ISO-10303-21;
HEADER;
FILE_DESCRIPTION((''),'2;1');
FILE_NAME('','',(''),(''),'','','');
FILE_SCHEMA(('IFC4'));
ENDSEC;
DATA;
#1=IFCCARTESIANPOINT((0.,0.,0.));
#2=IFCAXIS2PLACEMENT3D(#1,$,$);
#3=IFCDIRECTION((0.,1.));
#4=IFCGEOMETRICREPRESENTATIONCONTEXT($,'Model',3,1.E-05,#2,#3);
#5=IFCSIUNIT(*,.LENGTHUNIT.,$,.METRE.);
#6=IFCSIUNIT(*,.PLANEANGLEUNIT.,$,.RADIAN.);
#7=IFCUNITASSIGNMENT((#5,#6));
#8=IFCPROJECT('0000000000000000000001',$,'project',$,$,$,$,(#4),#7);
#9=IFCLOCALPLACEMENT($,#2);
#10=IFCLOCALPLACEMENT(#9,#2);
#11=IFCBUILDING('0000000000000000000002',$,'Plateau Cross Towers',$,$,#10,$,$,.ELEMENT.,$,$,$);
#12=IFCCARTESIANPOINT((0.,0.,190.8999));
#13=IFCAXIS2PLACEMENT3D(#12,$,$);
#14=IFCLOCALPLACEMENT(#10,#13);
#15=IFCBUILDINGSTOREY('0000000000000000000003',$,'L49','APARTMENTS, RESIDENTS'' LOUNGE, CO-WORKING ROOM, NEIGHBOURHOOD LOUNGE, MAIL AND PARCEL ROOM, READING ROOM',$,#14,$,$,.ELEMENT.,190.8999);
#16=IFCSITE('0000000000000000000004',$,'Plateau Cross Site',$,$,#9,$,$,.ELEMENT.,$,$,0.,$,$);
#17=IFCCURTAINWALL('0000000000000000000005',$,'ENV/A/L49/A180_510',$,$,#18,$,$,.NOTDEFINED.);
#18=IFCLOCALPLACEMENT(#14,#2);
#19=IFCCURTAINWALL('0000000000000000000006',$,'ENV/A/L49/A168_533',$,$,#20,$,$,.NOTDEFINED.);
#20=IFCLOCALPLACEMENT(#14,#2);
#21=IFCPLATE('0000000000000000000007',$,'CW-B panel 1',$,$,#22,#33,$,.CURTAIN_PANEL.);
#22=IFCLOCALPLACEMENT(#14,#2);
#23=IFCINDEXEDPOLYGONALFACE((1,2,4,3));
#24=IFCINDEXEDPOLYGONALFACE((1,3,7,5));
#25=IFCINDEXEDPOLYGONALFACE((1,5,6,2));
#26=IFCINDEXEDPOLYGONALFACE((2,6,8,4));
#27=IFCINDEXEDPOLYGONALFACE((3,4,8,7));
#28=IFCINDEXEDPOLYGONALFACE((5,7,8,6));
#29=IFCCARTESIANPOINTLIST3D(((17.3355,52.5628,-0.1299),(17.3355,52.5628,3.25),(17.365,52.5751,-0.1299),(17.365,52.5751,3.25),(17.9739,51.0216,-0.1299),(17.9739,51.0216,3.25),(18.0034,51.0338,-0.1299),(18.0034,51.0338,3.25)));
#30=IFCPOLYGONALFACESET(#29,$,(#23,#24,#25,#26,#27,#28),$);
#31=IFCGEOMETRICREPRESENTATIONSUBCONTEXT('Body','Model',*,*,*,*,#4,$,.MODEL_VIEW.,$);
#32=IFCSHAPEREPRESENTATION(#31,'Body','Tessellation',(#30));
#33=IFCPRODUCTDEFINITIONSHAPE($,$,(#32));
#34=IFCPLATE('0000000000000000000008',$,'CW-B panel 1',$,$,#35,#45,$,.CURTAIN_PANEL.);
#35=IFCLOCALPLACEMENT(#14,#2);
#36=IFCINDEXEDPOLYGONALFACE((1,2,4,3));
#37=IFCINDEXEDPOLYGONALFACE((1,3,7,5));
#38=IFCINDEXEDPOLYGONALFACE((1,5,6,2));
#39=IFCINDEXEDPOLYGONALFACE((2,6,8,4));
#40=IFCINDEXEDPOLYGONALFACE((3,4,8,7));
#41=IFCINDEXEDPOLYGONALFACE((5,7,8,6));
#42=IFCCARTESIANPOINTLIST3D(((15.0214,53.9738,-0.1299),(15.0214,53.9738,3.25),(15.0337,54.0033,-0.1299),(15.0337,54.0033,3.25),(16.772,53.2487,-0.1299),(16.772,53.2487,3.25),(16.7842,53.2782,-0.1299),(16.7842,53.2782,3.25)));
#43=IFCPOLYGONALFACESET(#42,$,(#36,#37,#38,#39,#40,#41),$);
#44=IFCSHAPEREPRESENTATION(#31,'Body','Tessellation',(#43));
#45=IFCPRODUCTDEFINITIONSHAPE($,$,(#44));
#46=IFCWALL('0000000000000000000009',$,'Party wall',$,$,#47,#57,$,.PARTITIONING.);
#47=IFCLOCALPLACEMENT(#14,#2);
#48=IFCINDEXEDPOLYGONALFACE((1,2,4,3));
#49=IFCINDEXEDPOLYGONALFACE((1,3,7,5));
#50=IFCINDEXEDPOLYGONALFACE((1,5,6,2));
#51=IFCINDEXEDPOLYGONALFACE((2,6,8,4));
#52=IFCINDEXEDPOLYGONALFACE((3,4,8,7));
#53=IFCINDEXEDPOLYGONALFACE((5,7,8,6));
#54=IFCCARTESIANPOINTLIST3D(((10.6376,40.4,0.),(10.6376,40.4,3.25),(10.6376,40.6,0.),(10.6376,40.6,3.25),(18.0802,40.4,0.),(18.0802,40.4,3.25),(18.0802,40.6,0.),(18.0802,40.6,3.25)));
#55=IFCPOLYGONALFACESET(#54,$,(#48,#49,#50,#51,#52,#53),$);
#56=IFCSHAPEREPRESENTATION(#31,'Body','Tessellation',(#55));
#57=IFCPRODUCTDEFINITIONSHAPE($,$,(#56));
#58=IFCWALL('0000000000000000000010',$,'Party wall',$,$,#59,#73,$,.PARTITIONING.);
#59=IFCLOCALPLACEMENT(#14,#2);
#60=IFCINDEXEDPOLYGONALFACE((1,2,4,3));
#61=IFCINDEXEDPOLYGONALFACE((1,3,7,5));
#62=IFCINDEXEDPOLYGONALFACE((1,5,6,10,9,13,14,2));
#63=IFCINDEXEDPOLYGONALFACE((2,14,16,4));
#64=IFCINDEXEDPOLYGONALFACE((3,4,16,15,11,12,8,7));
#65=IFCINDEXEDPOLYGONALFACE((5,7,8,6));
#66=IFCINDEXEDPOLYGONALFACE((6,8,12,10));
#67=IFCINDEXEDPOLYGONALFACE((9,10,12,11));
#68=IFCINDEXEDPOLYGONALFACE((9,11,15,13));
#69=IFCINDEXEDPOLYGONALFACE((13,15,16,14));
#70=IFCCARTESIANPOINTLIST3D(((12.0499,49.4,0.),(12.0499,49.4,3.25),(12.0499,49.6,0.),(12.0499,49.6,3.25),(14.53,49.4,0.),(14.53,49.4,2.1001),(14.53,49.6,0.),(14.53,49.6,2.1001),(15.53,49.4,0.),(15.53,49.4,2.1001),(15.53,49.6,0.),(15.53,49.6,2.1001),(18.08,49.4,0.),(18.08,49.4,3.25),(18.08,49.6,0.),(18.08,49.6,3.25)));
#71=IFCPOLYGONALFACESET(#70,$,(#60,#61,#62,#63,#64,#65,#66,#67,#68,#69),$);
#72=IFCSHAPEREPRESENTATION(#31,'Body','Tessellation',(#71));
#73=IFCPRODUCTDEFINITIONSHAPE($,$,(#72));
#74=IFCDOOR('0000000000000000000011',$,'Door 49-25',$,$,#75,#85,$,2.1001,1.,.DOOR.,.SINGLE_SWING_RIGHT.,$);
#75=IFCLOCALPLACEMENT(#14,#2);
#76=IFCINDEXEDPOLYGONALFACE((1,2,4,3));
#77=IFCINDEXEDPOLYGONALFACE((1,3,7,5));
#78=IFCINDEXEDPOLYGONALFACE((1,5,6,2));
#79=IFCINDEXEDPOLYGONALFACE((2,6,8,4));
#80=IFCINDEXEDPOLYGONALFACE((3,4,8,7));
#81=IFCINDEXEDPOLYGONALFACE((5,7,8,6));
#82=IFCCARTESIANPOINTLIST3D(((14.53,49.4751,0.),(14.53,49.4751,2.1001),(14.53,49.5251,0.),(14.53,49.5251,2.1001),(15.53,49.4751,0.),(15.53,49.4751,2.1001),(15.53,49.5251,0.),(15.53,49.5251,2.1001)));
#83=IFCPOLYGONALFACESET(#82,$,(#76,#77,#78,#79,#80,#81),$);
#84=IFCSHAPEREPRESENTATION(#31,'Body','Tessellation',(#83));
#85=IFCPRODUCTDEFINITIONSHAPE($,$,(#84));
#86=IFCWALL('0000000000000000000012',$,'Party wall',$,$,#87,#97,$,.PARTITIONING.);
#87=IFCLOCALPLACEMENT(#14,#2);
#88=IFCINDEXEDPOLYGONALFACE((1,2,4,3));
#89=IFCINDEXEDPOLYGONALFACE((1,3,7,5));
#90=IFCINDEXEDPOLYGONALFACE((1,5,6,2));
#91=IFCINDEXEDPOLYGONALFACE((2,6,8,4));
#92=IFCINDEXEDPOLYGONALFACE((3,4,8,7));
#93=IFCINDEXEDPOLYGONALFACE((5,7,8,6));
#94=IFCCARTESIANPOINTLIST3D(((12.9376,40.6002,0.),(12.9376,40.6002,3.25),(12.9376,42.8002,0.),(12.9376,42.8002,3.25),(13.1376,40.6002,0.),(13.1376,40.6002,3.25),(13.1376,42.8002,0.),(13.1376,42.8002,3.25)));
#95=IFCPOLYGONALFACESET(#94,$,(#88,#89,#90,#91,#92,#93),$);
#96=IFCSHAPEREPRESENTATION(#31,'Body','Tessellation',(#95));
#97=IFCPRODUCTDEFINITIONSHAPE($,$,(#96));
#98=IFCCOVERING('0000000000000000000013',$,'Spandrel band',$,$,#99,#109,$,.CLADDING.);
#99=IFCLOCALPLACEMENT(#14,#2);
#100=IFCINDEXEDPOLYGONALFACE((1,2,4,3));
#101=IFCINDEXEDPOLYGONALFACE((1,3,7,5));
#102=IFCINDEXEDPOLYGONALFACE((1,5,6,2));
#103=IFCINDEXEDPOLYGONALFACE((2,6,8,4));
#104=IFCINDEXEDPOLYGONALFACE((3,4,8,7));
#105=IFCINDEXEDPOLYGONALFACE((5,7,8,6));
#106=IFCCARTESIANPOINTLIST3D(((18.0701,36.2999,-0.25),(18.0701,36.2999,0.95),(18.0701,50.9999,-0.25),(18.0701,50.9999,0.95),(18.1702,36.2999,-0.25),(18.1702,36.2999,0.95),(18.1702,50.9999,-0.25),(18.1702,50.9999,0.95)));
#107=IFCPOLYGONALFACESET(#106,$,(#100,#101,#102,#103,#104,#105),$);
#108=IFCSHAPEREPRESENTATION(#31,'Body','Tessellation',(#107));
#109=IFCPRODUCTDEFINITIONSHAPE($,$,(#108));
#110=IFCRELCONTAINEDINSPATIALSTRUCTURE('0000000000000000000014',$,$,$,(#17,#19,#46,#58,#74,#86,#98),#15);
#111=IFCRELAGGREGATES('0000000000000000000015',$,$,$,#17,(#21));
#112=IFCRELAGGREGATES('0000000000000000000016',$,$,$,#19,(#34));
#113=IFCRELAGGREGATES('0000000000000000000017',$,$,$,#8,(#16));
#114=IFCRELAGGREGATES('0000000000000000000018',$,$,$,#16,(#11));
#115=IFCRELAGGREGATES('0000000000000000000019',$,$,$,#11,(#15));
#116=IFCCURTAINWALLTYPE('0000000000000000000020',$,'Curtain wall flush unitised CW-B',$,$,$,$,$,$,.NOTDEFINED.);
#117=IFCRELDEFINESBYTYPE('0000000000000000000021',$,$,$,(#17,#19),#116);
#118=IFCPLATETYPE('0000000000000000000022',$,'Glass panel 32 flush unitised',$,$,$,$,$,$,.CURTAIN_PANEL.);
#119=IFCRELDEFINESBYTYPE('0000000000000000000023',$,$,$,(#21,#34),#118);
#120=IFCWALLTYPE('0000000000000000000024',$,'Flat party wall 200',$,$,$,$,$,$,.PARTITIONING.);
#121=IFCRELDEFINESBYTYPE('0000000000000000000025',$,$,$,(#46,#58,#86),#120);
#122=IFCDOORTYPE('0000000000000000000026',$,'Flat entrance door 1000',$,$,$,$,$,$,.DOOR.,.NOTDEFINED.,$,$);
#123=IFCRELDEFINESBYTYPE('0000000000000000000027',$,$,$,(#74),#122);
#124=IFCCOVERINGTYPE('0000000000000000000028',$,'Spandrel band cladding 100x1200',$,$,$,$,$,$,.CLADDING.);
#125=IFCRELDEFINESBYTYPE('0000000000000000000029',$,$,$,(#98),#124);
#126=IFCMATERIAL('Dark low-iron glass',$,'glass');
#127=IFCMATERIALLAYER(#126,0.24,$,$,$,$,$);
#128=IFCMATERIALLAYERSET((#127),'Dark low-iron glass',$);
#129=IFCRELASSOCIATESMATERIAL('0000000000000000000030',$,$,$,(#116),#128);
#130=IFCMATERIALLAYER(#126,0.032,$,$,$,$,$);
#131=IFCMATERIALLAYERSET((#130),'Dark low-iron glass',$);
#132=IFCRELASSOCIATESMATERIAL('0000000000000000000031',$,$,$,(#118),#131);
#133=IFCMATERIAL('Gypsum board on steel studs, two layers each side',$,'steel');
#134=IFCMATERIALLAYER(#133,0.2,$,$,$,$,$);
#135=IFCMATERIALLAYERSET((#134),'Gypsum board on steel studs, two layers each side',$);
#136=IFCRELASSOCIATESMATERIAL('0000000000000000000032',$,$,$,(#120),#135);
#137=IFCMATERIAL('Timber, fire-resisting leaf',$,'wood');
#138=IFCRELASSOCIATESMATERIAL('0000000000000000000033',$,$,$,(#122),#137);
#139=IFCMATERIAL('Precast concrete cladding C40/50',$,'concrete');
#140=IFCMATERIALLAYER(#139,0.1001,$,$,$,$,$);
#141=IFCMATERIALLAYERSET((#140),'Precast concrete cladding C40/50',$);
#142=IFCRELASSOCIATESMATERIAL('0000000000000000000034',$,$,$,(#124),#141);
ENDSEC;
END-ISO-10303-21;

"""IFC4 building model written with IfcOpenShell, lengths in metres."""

from ifc_helpers import new_model, si_unit, direction, frame, frame_2d, origin, origin_2d, place, context, subcontext, project, spatial, rectangle, extrude, material, layer, layer_set, type_object, element, fill, aggregate, save


model = new_model("IFC4")

# Units and contexts
model_context = context("Model", 3, precision=1e-05, world=origin(), true_north=direction((0.0, 1.0)))
body_context = subcontext(model_context, "Body", "Model", "MODEL_VIEW")
ifc_project = project(units=[si_unit("LENGTHUNIT", "METRE"), si_unit("PLANEANGLEUNIT", "RADIAN")], contexts=[model_context])

# Site, building, storey
site_placement = place(None, origin())
site = spatial("IfcSite", under=ifc_project, at=site_placement, Name="Plateau Cross Site", CompositionType="ELEMENT", RefElevation=0.0)
building_placement = place(site_placement, origin())
building = spatial("IfcBuilding", under=site, at=building_placement, Name="Plateau Cross Towers", CompositionType="ELEMENT")
storey_placement = place(building_placement, frame((0.0, 0.0, 190.8999)))
storey = spatial("IfcBuildingStorey", under=building, at=storey_placement, Name="L49", Description="APARTMENTS, RESIDENTS' LOUNGE, CO-WORKING ROOM, NEIGHBOURHOOD LOUNGE, MAIL AND PARCEL ROOM, READING ROOM", CompositionType="ELEMENT", Elevation=190.8999)

# Curtain wall
ifc_material_1 = material(Name="Dark low-iron glass", Category="glass")
ifc_layer_1 = layer(ifc_material_1, 0.24)
ifc_layer_set_1 = layer_set([ifc_layer_1], Name="Dark low-iron glass")
curtain_wall_type = type_object("IfcCurtainWallType", Name="Curtain wall flush unitised CW-B", PredefinedType="NOTDEFINED", material=ifc_layer_set_1)
curtain_wall_1_placement = place(storey_placement, origin())
curtain_wall_1 = element("IfcCurtainWall", 1, at=curtain_wall_1_placement, inside=storey, type_object=curtain_wall_type, Name="ENV/A/L49/A180_510", PredefinedType="NOTDEFINED")

# Curtain wall
curtain_wall_2_placement = place(storey_placement, origin())
curtain_wall_2 = element("IfcCurtainWall", 2, at=curtain_wall_2_placement, inside=storey, type_object=curtain_wall_type, Name="ENV/A/L49/A168_533", PredefinedType="NOTDEFINED")

# Plates
ifc_layer_2 = layer(ifc_material_1, 0.032)
ifc_layer_set_2 = layer_set([ifc_layer_2], Name="Dark low-iron glass")
plate_type = type_object("IfcPlateType", Name="Glass panel 32 flush unitised", PredefinedType="CURTAIN_PANEL", material=ifc_layer_set_2)
plate_1_placement = place(storey_placement, frame((17.6694, 51.7983, -0.1299), z_axis=(0.0, 0.0, 1.0), x_axis=(-0.382684, 0.923879, 0.0)))
plate_1 = element("IfcPlate", 3, at=plate_1_placement, type_object=plate_type, Name="CW-B panel 1", PredefinedType="CURTAIN_PANEL", context=body_context, shape_type="SweptSolid", body=[
    extrude(rectangle(XDim=1.6682, YDim=0.032, at=origin_2d()), origin(), (0.0, 0.0, 1.0), 3.3799),
])
aggregate(curtain_wall_1, [plate_1])
plate_2_placement = place(storey_placement, frame((15.9028, 53.626, -0.1299), z_axis=(0.0, 0.0, 1.0), x_axis=(-0.923879, 0.382684, 0.0)))
plate_2 = element("IfcPlate", 4, at=plate_2_placement, type_object=plate_type, Name="CW-B panel 1", PredefinedType="CURTAIN_PANEL", context=body_context, shape_type="SweptSolid", body=[
    extrude(rectangle(XDim=1.8948, YDim=0.032, at=origin_2d()), origin(), (0.0, 0.0, 1.0), 3.3799),
])
aggregate(curtain_wall_2, [plate_2])

# Wall
ifc_material_2 = material(Name="Gypsum board on steel studs, two layers each side", Category="steel")
ifc_layer_3 = layer(ifc_material_2, 0.2)
ifc_layer_set_3 = layer_set([ifc_layer_3], Name="Gypsum board on steel studs, two layers each side")
wall_type_1 = type_object("IfcWallType", Name="Flat party wall 200", PredefinedType="PARTITIONING", material=ifc_layer_set_3)
wall_1_placement = place(storey_placement, frame((18.0801, 40.5, 0.0), z_axis=(0.0, 0.0, 1.0), x_axis=(-1.0, 0.0, 0.0)))
element("IfcWall", 5, at=wall_1_placement, inside=storey, type_object=wall_type_1, Name="Party wall", PredefinedType="PARTITIONING", context=body_context, shape_type="SweptSolid", body=[
    extrude(rectangle(XDim=7.4426, YDim=0.2, at=frame_2d((3.7212, 0.0))), origin(), (0.0, 0.0, 1.0), 3.25),
])

# Wall, opening, door
wall_2_placement = place(storey_placement, frame((18.0801, 49.5, 0.0), z_axis=(0.0, 0.0, 1.0), x_axis=(-1.0, 0.0, 0.0)))
wall_2 = element("IfcWall", 6, at=wall_2_placement, inside=storey, type_object=wall_type_1, Name="Party wall", PredefinedType="PARTITIONING", context=body_context, shape_type="SweptSolid", body=[
    extrude(rectangle(XDim=6.03, YDim=0.2, at=frame_2d((3.0151, 0.0))), origin(), (0.0, 0.0, 1.0), 3.25),
])
opening_1_placement = place(wall_2_placement, frame((2.55, 0.0, 0.0)))
opening_1 = element("IfcOpeningElement", 7, at=opening_1_placement, cuts=wall_2, PredefinedType="OPENING", context=body_context, shape_type="SweptSolid", body=[
    extrude(rectangle(XDim=1.0, YDim=2.1001, at=frame_2d((0.5, 1.05))), frame((0.0, 0.1099, 0.0), z_axis=(0.0, -1.0, 0.0), x_axis=(1.0, 0.0, 0.0)), (0.0, 0.0, 1.0), 0.22),
])
ifc_material_3 = material(Name="Timber, fire-resisting leaf", Category="wood")
door_type_1 = type_object("IfcDoorType", Name="Flat entrance door 1000", OperationType="NOTDEFINED", PredefinedType="DOOR", material=ifc_material_3)
door_1_placement = place(opening_1_placement, origin())
door_1 = element("IfcDoor", 8, at=door_1_placement, inside=storey, type_object=door_type_1, Name="Door 49-25", OperationType="SINGLE_SWING_RIGHT", OverallHeight=2.1001, OverallWidth=1.0, PredefinedType="DOOR", context=body_context, shape_type="SweptSolid", body=[
    extrude(rectangle(XDim=1.0, YDim=2.1001, at=frame_2d((0.5, 1.05))), frame((0.0, 0.0249, 0.0), z_axis=(0.0, -1.0, 0.0), x_axis=(1.0, 0.0, 0.0)), (0.0, 0.0, 1.0), 0.05),
])
fill(opening_1, door_1)

# Wall
wall_3_placement = place(storey_placement, frame((13.0376, 40.6001, 0.0), z_axis=(0.0, 0.0, 1.0), x_axis=(0.0, 1.0, 0.0)))
element("IfcWall", 9, at=wall_3_placement, inside=storey, type_object=wall_type_1, Name="Party wall", PredefinedType="PARTITIONING", context=body_context, shape_type="SweptSolid", body=[
    extrude(rectangle(XDim=2.2, YDim=0.2, at=frame_2d((1.1001, 0.0))), origin(), (0.0, 0.0, 1.0), 3.25),
])

# Covering
ifc_material_4 = material(Name="Precast concrete cladding C40/50", Category="concrete")
ifc_layer_4 = layer(ifc_material_4, 0.1001)
ifc_layer_set_4 = layer_set([ifc_layer_4], Name="Precast concrete cladding C40/50")
covering_type = type_object("IfcCoveringType", Name="Spandrel band cladding 100x1200", PredefinedType="CLADDING", material=ifc_layer_set_4)
covering_placement = place(storey_placement, frame((18.1201, 43.6499, -0.25), z_axis=(0.0, 0.0, 1.0), x_axis=(0.0, 1.0, 0.0)))
element("IfcCovering", 10, at=covering_placement, inside=storey, type_object=covering_type, Name="Spandrel band", PredefinedType="CLADDING", context=body_context, shape_type="SweptSolid", body=[
    extrude(rectangle(XDim=14.7, YDim=0.1001, at=origin_2d()), origin(), (0.0, 0.0, 1.0), 1.2),
])

save(model, "model.ifc")
